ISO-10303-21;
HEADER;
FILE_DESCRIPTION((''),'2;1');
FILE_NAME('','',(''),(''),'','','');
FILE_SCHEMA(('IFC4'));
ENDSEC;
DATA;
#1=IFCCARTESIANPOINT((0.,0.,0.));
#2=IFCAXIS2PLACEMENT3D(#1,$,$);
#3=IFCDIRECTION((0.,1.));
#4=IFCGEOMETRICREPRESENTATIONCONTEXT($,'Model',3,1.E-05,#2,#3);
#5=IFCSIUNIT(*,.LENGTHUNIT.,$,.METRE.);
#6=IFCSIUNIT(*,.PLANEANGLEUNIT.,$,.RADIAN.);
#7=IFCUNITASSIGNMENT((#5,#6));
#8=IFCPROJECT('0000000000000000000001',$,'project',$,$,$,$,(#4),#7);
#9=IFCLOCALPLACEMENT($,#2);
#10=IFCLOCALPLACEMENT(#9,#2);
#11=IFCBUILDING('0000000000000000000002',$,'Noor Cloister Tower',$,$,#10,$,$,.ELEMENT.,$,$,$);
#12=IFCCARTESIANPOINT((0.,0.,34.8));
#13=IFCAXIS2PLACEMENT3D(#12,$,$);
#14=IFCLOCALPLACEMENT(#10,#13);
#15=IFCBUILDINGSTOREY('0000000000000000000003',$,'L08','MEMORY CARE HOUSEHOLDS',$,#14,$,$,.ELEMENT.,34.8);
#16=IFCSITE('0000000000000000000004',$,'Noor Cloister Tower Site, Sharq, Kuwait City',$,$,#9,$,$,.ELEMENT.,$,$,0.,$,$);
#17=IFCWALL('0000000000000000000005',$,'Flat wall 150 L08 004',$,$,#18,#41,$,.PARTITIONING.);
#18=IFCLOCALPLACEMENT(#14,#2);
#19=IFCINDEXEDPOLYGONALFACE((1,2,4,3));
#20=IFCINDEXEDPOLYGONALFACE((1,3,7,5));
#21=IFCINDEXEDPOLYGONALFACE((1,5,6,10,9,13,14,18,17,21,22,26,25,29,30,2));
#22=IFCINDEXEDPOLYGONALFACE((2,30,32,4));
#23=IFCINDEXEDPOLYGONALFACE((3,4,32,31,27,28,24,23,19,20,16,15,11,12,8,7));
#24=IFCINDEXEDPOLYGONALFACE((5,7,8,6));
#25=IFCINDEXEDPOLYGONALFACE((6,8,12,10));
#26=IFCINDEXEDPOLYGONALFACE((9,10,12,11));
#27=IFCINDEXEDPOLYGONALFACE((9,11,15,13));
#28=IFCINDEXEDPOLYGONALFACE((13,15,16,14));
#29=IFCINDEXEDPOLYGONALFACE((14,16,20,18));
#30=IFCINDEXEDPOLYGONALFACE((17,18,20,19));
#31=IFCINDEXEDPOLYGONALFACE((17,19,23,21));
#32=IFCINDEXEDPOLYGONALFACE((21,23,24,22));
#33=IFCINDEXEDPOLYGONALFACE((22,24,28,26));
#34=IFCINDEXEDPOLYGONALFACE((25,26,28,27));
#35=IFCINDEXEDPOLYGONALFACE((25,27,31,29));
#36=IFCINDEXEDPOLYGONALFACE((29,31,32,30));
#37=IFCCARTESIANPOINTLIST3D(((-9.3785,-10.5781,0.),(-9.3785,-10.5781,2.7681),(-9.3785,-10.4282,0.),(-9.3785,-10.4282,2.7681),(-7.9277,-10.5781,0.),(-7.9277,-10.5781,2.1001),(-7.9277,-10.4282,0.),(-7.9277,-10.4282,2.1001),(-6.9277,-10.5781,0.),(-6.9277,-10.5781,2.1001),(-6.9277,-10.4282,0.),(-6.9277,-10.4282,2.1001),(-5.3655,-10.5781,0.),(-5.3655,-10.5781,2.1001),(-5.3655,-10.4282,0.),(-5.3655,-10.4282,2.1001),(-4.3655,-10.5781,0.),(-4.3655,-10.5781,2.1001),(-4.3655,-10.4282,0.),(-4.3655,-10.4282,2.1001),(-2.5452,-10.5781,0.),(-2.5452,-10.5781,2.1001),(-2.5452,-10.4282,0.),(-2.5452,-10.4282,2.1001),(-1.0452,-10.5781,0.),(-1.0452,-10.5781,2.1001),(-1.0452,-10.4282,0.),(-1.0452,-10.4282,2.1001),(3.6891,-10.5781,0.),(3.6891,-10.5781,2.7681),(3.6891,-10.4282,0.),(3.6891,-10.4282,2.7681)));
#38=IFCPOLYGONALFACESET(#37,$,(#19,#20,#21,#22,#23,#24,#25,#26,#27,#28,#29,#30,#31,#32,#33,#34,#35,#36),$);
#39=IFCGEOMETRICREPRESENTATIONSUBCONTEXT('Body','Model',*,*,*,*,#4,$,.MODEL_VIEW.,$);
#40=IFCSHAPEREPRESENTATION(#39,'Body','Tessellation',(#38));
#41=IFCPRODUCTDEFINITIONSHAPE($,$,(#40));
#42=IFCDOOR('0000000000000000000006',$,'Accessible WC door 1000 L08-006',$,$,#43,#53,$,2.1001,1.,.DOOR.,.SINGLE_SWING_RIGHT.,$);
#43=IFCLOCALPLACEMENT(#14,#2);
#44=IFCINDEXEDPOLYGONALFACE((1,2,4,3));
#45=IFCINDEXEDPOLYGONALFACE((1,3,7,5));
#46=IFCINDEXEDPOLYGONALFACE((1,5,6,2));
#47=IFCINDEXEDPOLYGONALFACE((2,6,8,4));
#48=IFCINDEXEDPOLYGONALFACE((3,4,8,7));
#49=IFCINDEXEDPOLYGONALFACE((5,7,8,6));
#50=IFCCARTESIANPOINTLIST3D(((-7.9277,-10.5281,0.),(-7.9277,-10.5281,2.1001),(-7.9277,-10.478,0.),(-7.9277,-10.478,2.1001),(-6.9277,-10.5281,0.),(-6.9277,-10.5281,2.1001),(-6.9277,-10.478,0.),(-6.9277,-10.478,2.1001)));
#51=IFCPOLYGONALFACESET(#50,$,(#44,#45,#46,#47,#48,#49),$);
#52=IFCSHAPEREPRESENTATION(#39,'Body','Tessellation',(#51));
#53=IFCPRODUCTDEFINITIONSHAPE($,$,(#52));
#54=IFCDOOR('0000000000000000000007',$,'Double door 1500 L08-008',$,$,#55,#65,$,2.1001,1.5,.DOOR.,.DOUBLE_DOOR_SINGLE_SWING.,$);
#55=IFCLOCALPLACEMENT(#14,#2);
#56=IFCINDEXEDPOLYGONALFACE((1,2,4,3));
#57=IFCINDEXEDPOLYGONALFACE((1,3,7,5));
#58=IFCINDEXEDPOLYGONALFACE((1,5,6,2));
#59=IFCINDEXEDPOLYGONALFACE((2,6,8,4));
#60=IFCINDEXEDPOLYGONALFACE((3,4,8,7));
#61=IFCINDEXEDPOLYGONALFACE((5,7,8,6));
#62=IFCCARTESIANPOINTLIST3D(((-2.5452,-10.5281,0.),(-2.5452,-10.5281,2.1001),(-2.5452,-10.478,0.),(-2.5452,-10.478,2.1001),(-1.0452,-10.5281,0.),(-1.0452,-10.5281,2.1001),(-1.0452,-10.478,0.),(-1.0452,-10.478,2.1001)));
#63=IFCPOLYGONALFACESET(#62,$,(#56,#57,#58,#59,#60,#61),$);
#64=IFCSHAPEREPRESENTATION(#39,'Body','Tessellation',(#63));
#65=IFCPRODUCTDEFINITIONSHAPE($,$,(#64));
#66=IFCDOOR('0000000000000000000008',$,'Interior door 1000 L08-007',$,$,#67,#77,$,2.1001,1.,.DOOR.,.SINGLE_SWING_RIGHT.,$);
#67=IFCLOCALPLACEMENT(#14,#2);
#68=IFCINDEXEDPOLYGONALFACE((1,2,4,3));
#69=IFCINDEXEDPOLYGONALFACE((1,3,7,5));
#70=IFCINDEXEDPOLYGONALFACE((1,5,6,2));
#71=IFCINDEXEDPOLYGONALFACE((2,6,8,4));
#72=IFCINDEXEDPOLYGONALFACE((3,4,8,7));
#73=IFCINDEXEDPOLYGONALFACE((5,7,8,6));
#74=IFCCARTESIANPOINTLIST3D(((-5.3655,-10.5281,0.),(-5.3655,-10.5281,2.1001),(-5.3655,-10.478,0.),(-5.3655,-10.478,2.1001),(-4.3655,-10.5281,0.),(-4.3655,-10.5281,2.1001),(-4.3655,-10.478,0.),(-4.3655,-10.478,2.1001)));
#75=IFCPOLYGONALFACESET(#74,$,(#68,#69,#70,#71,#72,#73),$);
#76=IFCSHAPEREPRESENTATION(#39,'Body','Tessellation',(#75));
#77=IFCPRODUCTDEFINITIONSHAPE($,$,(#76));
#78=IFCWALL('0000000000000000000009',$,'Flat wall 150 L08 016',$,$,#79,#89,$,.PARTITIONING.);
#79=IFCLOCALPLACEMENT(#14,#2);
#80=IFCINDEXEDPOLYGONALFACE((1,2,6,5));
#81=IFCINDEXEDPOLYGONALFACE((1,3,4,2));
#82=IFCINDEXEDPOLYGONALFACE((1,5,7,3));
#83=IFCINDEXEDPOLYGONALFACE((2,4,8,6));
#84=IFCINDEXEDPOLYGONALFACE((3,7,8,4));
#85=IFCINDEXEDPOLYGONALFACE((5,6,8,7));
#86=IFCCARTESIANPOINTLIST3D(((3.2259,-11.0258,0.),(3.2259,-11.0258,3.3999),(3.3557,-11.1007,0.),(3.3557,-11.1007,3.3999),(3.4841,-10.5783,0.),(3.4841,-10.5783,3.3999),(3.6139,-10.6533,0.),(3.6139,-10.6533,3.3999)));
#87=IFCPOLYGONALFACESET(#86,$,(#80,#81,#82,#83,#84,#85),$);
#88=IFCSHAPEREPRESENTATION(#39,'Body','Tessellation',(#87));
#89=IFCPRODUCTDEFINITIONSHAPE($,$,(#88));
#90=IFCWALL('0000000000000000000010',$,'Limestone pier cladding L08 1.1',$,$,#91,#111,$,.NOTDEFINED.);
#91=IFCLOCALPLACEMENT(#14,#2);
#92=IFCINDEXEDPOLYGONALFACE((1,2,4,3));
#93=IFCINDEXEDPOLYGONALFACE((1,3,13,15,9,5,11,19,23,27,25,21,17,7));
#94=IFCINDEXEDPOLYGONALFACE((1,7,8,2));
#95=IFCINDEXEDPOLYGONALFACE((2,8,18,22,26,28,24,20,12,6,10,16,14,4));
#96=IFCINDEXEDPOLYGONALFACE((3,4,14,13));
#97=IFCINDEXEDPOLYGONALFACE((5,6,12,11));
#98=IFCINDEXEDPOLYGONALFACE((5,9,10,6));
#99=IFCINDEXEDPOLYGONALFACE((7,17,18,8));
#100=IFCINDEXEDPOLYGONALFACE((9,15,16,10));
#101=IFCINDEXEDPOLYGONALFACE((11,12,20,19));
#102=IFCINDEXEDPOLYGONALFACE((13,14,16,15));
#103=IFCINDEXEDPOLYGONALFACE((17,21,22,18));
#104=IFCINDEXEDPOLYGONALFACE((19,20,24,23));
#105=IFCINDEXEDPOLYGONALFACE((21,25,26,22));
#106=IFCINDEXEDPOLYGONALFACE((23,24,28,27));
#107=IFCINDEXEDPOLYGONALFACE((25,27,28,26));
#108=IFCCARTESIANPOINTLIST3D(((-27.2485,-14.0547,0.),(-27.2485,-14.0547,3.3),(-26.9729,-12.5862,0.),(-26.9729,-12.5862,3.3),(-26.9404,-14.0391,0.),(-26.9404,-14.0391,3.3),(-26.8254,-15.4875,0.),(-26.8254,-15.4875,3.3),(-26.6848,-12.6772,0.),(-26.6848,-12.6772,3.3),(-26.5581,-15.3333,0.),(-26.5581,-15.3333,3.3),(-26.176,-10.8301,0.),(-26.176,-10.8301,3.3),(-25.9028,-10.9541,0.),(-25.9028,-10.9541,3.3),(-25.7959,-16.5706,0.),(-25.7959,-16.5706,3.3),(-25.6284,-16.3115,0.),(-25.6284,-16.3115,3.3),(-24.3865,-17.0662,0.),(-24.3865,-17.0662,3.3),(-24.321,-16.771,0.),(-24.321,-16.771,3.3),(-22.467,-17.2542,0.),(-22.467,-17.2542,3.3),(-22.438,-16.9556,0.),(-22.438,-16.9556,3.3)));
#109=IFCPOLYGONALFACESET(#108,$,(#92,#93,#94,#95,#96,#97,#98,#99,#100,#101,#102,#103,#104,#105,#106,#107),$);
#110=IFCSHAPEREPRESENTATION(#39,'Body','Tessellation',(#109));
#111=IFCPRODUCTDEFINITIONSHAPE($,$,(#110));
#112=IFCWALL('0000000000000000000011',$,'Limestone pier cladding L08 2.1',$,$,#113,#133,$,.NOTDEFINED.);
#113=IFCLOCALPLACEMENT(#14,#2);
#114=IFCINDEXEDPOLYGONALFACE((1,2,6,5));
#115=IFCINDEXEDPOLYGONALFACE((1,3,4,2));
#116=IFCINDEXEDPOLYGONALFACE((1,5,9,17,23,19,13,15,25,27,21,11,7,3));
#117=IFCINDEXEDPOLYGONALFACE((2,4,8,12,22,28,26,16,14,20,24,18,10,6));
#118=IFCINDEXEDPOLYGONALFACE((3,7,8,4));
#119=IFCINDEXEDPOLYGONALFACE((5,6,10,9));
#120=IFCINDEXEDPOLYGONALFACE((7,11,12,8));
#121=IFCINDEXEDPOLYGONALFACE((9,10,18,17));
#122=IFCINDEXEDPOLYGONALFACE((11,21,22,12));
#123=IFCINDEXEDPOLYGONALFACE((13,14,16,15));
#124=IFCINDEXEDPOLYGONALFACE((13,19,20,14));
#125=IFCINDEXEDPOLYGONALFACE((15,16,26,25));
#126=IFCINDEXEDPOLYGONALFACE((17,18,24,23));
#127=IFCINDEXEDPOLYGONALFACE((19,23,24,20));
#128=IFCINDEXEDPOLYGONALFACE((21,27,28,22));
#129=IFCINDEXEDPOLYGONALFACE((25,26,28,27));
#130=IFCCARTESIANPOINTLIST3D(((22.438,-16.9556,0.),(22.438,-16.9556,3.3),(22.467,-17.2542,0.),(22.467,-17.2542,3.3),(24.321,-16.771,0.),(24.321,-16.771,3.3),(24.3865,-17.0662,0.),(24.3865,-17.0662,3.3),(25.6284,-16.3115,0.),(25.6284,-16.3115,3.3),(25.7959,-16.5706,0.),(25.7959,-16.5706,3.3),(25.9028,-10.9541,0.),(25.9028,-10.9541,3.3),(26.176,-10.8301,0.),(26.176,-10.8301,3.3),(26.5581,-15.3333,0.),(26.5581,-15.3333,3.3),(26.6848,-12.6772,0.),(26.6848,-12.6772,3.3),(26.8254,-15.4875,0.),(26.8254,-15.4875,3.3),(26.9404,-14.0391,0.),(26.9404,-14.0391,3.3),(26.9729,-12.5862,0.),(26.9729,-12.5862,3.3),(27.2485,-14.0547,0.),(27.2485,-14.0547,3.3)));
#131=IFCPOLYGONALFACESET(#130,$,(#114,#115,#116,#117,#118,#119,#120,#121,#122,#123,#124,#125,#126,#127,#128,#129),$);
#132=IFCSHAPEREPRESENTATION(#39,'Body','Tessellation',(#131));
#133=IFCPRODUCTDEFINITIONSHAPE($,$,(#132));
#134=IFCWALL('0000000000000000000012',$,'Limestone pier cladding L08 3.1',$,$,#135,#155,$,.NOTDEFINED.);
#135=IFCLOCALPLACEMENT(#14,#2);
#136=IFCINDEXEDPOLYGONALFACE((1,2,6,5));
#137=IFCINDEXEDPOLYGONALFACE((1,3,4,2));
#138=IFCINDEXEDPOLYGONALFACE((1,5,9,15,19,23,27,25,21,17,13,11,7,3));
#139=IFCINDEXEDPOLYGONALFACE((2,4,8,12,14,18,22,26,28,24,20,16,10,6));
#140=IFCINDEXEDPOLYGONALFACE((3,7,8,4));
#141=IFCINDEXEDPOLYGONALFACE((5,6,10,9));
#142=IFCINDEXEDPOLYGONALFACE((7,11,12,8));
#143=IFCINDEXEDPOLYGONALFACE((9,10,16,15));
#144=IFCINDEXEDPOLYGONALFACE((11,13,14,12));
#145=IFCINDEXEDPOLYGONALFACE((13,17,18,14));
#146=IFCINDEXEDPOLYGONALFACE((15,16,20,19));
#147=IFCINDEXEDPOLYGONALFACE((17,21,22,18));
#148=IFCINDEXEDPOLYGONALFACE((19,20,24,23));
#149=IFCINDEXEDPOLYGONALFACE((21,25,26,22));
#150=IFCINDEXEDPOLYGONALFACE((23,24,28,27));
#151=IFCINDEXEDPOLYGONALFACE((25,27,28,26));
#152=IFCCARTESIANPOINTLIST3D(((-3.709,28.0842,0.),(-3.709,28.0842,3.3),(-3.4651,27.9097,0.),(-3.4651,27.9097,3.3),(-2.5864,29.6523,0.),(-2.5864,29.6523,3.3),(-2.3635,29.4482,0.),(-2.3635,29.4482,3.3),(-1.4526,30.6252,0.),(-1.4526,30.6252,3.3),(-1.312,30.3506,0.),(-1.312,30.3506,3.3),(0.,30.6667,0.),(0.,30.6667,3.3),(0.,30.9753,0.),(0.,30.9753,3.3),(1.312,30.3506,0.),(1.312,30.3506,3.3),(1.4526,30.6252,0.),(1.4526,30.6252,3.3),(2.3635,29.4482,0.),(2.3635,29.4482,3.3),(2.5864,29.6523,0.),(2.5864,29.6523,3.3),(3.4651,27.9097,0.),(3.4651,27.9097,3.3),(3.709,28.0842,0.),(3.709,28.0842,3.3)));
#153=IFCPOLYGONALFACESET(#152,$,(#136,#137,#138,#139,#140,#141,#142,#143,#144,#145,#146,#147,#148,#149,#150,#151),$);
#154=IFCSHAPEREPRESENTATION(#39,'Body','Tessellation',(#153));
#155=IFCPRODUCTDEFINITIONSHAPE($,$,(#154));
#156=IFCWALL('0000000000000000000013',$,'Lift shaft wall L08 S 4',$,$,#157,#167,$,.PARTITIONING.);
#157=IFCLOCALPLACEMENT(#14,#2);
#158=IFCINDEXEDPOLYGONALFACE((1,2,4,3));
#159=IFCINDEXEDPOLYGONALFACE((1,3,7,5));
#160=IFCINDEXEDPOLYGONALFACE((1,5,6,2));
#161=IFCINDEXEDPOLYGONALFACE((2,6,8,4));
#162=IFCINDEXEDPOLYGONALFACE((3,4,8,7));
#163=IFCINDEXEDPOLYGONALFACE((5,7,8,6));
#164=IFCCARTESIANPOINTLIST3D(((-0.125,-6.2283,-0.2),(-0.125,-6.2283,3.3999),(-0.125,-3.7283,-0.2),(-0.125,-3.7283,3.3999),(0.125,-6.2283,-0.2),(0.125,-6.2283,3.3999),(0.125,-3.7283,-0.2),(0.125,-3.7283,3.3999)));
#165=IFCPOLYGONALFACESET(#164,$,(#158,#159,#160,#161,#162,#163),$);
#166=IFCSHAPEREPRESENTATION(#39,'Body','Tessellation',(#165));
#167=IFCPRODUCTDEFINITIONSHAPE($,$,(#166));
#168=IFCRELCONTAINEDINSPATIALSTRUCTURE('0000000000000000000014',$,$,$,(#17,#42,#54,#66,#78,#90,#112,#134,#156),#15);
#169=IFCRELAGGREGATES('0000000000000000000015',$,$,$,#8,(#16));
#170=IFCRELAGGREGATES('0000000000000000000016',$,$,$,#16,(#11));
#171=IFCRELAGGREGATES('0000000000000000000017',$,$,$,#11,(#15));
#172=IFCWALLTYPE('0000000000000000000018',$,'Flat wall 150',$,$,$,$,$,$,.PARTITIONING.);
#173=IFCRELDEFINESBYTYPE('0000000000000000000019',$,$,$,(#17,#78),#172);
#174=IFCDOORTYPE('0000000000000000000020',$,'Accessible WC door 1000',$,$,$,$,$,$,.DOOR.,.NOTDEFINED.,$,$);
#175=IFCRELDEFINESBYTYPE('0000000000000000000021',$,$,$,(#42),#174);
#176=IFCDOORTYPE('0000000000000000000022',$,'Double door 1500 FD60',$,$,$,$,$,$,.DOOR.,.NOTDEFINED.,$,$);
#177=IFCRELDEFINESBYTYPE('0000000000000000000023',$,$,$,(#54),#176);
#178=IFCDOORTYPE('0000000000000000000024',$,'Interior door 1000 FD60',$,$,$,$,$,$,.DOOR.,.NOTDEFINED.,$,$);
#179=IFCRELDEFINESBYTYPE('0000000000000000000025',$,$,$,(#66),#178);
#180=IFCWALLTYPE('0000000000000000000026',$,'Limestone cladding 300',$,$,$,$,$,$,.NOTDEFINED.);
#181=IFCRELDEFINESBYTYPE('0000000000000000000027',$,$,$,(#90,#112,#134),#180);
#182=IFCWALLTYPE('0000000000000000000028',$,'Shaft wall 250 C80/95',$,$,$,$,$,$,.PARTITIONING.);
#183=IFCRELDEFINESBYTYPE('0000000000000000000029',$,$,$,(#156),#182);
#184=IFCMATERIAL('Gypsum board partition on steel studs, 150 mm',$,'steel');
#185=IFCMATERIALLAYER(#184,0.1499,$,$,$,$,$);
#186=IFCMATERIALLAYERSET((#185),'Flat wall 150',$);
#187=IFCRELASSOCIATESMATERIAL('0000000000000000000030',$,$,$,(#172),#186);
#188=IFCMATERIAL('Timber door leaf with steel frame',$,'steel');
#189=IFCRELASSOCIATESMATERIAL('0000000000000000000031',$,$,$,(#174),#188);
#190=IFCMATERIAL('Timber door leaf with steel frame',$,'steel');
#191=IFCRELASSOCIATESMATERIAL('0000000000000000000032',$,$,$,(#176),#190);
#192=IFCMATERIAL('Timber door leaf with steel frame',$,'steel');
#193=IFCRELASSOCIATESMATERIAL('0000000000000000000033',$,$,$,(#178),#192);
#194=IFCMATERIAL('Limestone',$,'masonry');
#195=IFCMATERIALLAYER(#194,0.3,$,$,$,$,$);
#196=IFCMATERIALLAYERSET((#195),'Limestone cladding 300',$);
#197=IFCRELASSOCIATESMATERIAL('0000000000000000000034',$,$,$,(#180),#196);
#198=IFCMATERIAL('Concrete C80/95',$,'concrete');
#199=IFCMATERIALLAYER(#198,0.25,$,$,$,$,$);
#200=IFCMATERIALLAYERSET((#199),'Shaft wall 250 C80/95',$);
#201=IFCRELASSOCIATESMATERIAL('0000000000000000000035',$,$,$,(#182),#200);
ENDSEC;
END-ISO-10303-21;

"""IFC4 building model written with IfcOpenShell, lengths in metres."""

from ifc_helpers import new_model, si_unit, direction, frame, frame_2d, origin, place, context, subcontext, project, spatial, polyline, rectangle, outline, extrude, material, layer, layer_set, type_object, element, fill, save


model = new_model("IFC4")

# Units and contexts
model_context = context("Model", 3, precision=1e-05, world=origin(), true_north=direction((0.0, 1.0)))
body_context = subcontext(model_context, "Body", "Model", "MODEL_VIEW")
ifc_project = project(units=[si_unit("LENGTHUNIT", "METRE"), si_unit("PLANEANGLEUNIT", "RADIAN")], contexts=[model_context])

# Site, building, storey
site_placement = place(None, origin())
site = spatial("IfcSite", under=ifc_project, at=site_placement, Name="Noor Cloister Tower Site, Sharq, Kuwait City", CompositionType="ELEMENT", RefElevation=0.0)
building_placement = place(site_placement, origin())
building = spatial("IfcBuilding", under=site, at=building_placement, Name="Noor Cloister Tower", CompositionType="ELEMENT")
storey_placement = place(building_placement, frame((0.0, 0.0, 34.8)))
storey = spatial("IfcBuildingStorey", under=building, at=storey_placement, Name="L08", Description="MEMORY CARE HOUSEHOLDS", CompositionType="ELEMENT", Elevation=34.8)

# Wall, openings, doors
ifc_material_1 = material(Name="Gypsum board partition on steel studs, 150 mm", Category="steel")
ifc_layer_1 = layer(ifc_material_1, 0.1499)
ifc_layer_set_1 = layer_set([ifc_layer_1], Name="Flat wall 150")
wall_type_1 = type_object("IfcWallType", Name="Flat wall 150", PredefinedType="PARTITIONING", material=ifc_layer_set_1)
wall_1_placement = place(storey_placement, frame((3.689, -10.5032, 0.0), z_axis=(0.0, 0.0, 1.0), x_axis=(-1.0, 0.0, 0.0)))
wall_1 = element("IfcWall", 1, at=wall_1_placement, inside=storey, type_object=wall_type_1, Name="Flat wall 150 L08 004", PredefinedType="PARTITIONING", context=body_context, shape_type="SweptSolid", body=[
    extrude(rectangle(XDim=13.0676, YDim=0.1499, at=frame_2d((6.5337, 0.0))), origin(), (0.0, 0.0, 1.0), 2.7681),
])
opening_1_placement = place(wall_1_placement, frame((10.6167, 0.0, 0.0)))
opening_1 = element("IfcOpeningElement", 2, at=opening_1_placement, cuts=wall_1, PredefinedType="OPENING", context=body_context, shape_type="SweptSolid", body=[
    extrude(rectangle(XDim=1.0, YDim=2.1001, at=frame_2d((0.5, 1.05))), frame((0.0, 0.085, 0.0), z_axis=(0.0, -1.0, 0.0), x_axis=(1.0, 0.0, 0.0)), (0.0, 0.0, 1.0), 0.1699),
])
opening_2_placement = place(wall_1_placement, frame((8.0544, 0.0, 0.0)))
opening_2 = element("IfcOpeningElement", 3, at=opening_2_placement, cuts=wall_1, PredefinedType="OPENING", context=body_context, shape_type="SweptSolid", body=[
    extrude(rectangle(XDim=1.0, YDim=2.1001, at=frame_2d((0.5, 1.05))), frame((0.0, 0.085, 0.0), z_axis=(0.0, -1.0, 0.0), x_axis=(1.0, 0.0, 0.0)), (0.0, 0.0, 1.0), 0.1699),
])
opening_3_placement = place(wall_1_placement, frame((4.7341, 0.0, 0.0)))
opening_3 = element("IfcOpeningElement", 4, at=opening_3_placement, cuts=wall_1, PredefinedType="OPENING", context=body_context, shape_type="SweptSolid", body=[
    extrude(rectangle(XDim=1.5, YDim=2.1001, at=frame_2d((0.75, 1.05))), frame((0.0, 0.085, 0.0), z_axis=(0.0, -1.0, 0.0), x_axis=(1.0, 0.0, 0.0)), (0.0, 0.0, 1.0), 0.1699),
])
ifc_material_2 = material(Name="Timber door leaf with steel frame", Category="steel")
door_type_1 = type_object("IfcDoorType", Name="Accessible WC door 1000", OperationType="NOTDEFINED", PredefinedType="DOOR", material=ifc_material_2)
door_1_placement = place(opening_1_placement, origin())
door_1 = element("IfcDoor", 5, at=door_1_placement, inside=storey, type_object=door_type_1, Name="Accessible WC door 1000 L08-006", OperationType="SINGLE_SWING_RIGHT", OverallHeight=2.1001, OverallWidth=1.0, PredefinedType="DOOR", context=body_context, shape_type="SweptSolid", body=[
    extrude(rectangle(XDim=1.0, YDim=2.1001, at=frame_2d((0.5, 1.05))), frame((0.0, 0.0249, 0.0), z_axis=(0.0, -1.0, 0.0), x_axis=(1.0, 0.0, 0.0)), (0.0, 0.0, 1.0), 0.05),
])
fill(opening_1, door_1)
ifc_material_3 = material(Name="Timber door leaf with steel frame", Category="steel")
door_type_2 = type_object("IfcDoorType", Name="Double door 1500 FD60", OperationType="NOTDEFINED", PredefinedType="DOOR", material=ifc_material_3)
door_2_placement = place(opening_3_placement, origin())
door_2 = element("IfcDoor", 6, at=door_2_placement, inside=storey, type_object=door_type_2, Name="Double door 1500 L08-008", OperationType="DOUBLE_DOOR_SINGLE_SWING", OverallHeight=2.1001, OverallWidth=1.5, PredefinedType="DOOR", context=body_context, shape_type="SweptSolid", body=[
    extrude(rectangle(XDim=1.5, YDim=2.1001, at=frame_2d((0.75, 1.05))), frame((0.0, 0.0249, 0.0), z_axis=(0.0, -1.0, 0.0), x_axis=(1.0, 0.0, 0.0)), (0.0, 0.0, 1.0), 0.05),
])
fill(opening_3, door_2)
ifc_material_4 = material(Name="Timber door leaf with steel frame", Category="steel")
door_type_3 = type_object("IfcDoorType", Name="Interior door 1000 FD60", OperationType="NOTDEFINED", PredefinedType="DOOR", material=ifc_material_4)
door_3_placement = place(opening_2_placement, origin())
door_3 = element("IfcDoor", 7, at=door_3_placement, inside=storey, type_object=door_type_3, Name="Interior door 1000 L08-007", OperationType="SINGLE_SWING_RIGHT", OverallHeight=2.1001, OverallWidth=1.0, PredefinedType="DOOR", context=body_context, shape_type="SweptSolid", body=[
    extrude(rectangle(XDim=1.0, YDim=2.1001, at=frame_2d((0.5, 1.05))), frame((0.0, 0.0249, 0.0), z_axis=(0.0, -1.0, 0.0), x_axis=(1.0, 0.0, 0.0)), (0.0, 0.0, 1.0), 0.05),
])
fill(opening_2, door_3)

# Walls
wall_2_placement = place(storey_placement, frame((3.2908, -11.0632, 0.0), z_axis=(0.0, 0.0, 1.0), x_axis=(0.4999, 0.866083, 0.0)))
element("IfcWall", 8, at=wall_2_placement, inside=storey, type_object=wall_type_1, Name="Flat wall 150 L08 016", PredefinedType="PARTITIONING", context=body_context, shape_type="SweptSolid", body=[
    extrude(rectangle(XDim=0.5166, YDim=0.1499, at=frame_2d((0.2583, 0.0))), origin(), (0.0, 0.0, 1.0), 3.3999),
])
ifc_material_5 = material(Name="Limestone", Category="masonry")
ifc_layer_2 = layer(ifc_material_5, 0.3)
ifc_layer_set_2 = layer_set([ifc_layer_2], Name="Limestone cladding 300")
wall_type_2 = type_object("IfcWallType", Name="Limestone cladding 300", PredefinedType="NOTDEFINED", material=ifc_layer_set_2)
wall_3_placement = place(storey_placement, origin())
element("IfcWall", 9, at=wall_3_placement, inside=storey, type_object=wall_type_2, Name="Limestone pier cladding L08 1.1", PredefinedType="NOTDEFINED", context=body_context, shape_type="SweptSolid", body=[
    extrude(outline(polyline([(-26.176, -10.8301), (-26.9729, -12.5862), (-27.2485, -14.0547), (-26.8254, -15.4875), (-25.7959, -16.5706), (-24.3865, -17.0662), (-22.467, -17.2542), (-22.438, -16.9556), (-24.321, -16.771), (-25.6284, -16.3115), (-26.5581, -15.3333), (-26.9404, -14.0391), (-26.6848, -12.6772), (-25.9028, -10.9541), (-26.176, -10.8301)])), origin(), (0.0, 0.0, 1.0), 3.3),
])
wall_4_placement = place(storey_placement, origin())
element("IfcWall", 10, at=wall_4_placement, inside=storey, type_object=wall_type_2, Name="Limestone pier cladding L08 2.1", PredefinedType="NOTDEFINED", context=body_context, shape_type="SweptSolid", body=[
    extrude(outline(polyline([(22.467, -17.2542), (24.3865, -17.0662), (25.7959, -16.5706), (26.8254, -15.4875), (27.2485, -14.0547), (26.9729, -12.5862), (26.176, -10.8301), (25.9028, -10.9541), (26.6848, -12.6772), (26.9404, -14.0391), (26.5581, -15.3333), (25.6284, -16.3115), (24.321, -16.771), (22.438, -16.9556), (22.467, -17.2542)])), origin(), (0.0, 0.0, 1.0), 3.3),
])
wall_5_placement = place(storey_placement, origin())
element("IfcWall", 11, at=wall_5_placement, inside=storey, type_object=wall_type_2, Name="Limestone pier cladding L08 3.1", PredefinedType="NOTDEFINED", context=body_context, shape_type="SweptSolid", body=[
    extrude(outline(polyline([(3.709, 28.0842), (2.5864, 29.6523), (1.4526, 30.6252), (0.0, 30.9753), (-1.4526, 30.6252), (-2.5864, 29.6523), (-3.709, 28.0842), (-3.4651, 27.9097), (-2.3635, 29.4482), (-1.312, 30.3506), (0.0, 30.6667), (1.312, 30.3506), (2.3635, 29.4482), (3.4651, 27.9097), (3.709, 28.0842)])), origin(), (0.0, 0.0, 1.0), 3.3),
])
ifc_material_6 = material(Name="Concrete C80/95", Category="concrete")
ifc_layer_3 = layer(ifc_material_6, 0.25)
ifc_layer_set_3 = layer_set([ifc_layer_3], Name="Shaft wall 250 C80/95")
wall_type_3 = type_object("IfcWallType", Name="Shaft wall 250 C80/95", PredefinedType="PARTITIONING", material=ifc_layer_set_3)
for number, where, z_axis, x_axis, name in (
    (12, (0.0, -6.2283, -0.2), (0.0, 0.0, 1.0), (0.0, 1.0, 0.0), "Lift shaft wall L08 S 4"),
):
    element("IfcWall", number, at=place(storey_placement, frame(where, z_axis=z_axis, x_axis=x_axis)), inside=storey, type_object=wall_type_3, Name=name, PredefinedType="PARTITIONING", context=body_context, shape_type="SweptSolid", body=[
        extrude(rectangle(XDim=2.5, YDim=0.25, at=frame_2d((1.25, 0.0))), origin(), (0.0, 0.0, 1.0), 3.5999),
    ])

save(model, "model.ifc")
